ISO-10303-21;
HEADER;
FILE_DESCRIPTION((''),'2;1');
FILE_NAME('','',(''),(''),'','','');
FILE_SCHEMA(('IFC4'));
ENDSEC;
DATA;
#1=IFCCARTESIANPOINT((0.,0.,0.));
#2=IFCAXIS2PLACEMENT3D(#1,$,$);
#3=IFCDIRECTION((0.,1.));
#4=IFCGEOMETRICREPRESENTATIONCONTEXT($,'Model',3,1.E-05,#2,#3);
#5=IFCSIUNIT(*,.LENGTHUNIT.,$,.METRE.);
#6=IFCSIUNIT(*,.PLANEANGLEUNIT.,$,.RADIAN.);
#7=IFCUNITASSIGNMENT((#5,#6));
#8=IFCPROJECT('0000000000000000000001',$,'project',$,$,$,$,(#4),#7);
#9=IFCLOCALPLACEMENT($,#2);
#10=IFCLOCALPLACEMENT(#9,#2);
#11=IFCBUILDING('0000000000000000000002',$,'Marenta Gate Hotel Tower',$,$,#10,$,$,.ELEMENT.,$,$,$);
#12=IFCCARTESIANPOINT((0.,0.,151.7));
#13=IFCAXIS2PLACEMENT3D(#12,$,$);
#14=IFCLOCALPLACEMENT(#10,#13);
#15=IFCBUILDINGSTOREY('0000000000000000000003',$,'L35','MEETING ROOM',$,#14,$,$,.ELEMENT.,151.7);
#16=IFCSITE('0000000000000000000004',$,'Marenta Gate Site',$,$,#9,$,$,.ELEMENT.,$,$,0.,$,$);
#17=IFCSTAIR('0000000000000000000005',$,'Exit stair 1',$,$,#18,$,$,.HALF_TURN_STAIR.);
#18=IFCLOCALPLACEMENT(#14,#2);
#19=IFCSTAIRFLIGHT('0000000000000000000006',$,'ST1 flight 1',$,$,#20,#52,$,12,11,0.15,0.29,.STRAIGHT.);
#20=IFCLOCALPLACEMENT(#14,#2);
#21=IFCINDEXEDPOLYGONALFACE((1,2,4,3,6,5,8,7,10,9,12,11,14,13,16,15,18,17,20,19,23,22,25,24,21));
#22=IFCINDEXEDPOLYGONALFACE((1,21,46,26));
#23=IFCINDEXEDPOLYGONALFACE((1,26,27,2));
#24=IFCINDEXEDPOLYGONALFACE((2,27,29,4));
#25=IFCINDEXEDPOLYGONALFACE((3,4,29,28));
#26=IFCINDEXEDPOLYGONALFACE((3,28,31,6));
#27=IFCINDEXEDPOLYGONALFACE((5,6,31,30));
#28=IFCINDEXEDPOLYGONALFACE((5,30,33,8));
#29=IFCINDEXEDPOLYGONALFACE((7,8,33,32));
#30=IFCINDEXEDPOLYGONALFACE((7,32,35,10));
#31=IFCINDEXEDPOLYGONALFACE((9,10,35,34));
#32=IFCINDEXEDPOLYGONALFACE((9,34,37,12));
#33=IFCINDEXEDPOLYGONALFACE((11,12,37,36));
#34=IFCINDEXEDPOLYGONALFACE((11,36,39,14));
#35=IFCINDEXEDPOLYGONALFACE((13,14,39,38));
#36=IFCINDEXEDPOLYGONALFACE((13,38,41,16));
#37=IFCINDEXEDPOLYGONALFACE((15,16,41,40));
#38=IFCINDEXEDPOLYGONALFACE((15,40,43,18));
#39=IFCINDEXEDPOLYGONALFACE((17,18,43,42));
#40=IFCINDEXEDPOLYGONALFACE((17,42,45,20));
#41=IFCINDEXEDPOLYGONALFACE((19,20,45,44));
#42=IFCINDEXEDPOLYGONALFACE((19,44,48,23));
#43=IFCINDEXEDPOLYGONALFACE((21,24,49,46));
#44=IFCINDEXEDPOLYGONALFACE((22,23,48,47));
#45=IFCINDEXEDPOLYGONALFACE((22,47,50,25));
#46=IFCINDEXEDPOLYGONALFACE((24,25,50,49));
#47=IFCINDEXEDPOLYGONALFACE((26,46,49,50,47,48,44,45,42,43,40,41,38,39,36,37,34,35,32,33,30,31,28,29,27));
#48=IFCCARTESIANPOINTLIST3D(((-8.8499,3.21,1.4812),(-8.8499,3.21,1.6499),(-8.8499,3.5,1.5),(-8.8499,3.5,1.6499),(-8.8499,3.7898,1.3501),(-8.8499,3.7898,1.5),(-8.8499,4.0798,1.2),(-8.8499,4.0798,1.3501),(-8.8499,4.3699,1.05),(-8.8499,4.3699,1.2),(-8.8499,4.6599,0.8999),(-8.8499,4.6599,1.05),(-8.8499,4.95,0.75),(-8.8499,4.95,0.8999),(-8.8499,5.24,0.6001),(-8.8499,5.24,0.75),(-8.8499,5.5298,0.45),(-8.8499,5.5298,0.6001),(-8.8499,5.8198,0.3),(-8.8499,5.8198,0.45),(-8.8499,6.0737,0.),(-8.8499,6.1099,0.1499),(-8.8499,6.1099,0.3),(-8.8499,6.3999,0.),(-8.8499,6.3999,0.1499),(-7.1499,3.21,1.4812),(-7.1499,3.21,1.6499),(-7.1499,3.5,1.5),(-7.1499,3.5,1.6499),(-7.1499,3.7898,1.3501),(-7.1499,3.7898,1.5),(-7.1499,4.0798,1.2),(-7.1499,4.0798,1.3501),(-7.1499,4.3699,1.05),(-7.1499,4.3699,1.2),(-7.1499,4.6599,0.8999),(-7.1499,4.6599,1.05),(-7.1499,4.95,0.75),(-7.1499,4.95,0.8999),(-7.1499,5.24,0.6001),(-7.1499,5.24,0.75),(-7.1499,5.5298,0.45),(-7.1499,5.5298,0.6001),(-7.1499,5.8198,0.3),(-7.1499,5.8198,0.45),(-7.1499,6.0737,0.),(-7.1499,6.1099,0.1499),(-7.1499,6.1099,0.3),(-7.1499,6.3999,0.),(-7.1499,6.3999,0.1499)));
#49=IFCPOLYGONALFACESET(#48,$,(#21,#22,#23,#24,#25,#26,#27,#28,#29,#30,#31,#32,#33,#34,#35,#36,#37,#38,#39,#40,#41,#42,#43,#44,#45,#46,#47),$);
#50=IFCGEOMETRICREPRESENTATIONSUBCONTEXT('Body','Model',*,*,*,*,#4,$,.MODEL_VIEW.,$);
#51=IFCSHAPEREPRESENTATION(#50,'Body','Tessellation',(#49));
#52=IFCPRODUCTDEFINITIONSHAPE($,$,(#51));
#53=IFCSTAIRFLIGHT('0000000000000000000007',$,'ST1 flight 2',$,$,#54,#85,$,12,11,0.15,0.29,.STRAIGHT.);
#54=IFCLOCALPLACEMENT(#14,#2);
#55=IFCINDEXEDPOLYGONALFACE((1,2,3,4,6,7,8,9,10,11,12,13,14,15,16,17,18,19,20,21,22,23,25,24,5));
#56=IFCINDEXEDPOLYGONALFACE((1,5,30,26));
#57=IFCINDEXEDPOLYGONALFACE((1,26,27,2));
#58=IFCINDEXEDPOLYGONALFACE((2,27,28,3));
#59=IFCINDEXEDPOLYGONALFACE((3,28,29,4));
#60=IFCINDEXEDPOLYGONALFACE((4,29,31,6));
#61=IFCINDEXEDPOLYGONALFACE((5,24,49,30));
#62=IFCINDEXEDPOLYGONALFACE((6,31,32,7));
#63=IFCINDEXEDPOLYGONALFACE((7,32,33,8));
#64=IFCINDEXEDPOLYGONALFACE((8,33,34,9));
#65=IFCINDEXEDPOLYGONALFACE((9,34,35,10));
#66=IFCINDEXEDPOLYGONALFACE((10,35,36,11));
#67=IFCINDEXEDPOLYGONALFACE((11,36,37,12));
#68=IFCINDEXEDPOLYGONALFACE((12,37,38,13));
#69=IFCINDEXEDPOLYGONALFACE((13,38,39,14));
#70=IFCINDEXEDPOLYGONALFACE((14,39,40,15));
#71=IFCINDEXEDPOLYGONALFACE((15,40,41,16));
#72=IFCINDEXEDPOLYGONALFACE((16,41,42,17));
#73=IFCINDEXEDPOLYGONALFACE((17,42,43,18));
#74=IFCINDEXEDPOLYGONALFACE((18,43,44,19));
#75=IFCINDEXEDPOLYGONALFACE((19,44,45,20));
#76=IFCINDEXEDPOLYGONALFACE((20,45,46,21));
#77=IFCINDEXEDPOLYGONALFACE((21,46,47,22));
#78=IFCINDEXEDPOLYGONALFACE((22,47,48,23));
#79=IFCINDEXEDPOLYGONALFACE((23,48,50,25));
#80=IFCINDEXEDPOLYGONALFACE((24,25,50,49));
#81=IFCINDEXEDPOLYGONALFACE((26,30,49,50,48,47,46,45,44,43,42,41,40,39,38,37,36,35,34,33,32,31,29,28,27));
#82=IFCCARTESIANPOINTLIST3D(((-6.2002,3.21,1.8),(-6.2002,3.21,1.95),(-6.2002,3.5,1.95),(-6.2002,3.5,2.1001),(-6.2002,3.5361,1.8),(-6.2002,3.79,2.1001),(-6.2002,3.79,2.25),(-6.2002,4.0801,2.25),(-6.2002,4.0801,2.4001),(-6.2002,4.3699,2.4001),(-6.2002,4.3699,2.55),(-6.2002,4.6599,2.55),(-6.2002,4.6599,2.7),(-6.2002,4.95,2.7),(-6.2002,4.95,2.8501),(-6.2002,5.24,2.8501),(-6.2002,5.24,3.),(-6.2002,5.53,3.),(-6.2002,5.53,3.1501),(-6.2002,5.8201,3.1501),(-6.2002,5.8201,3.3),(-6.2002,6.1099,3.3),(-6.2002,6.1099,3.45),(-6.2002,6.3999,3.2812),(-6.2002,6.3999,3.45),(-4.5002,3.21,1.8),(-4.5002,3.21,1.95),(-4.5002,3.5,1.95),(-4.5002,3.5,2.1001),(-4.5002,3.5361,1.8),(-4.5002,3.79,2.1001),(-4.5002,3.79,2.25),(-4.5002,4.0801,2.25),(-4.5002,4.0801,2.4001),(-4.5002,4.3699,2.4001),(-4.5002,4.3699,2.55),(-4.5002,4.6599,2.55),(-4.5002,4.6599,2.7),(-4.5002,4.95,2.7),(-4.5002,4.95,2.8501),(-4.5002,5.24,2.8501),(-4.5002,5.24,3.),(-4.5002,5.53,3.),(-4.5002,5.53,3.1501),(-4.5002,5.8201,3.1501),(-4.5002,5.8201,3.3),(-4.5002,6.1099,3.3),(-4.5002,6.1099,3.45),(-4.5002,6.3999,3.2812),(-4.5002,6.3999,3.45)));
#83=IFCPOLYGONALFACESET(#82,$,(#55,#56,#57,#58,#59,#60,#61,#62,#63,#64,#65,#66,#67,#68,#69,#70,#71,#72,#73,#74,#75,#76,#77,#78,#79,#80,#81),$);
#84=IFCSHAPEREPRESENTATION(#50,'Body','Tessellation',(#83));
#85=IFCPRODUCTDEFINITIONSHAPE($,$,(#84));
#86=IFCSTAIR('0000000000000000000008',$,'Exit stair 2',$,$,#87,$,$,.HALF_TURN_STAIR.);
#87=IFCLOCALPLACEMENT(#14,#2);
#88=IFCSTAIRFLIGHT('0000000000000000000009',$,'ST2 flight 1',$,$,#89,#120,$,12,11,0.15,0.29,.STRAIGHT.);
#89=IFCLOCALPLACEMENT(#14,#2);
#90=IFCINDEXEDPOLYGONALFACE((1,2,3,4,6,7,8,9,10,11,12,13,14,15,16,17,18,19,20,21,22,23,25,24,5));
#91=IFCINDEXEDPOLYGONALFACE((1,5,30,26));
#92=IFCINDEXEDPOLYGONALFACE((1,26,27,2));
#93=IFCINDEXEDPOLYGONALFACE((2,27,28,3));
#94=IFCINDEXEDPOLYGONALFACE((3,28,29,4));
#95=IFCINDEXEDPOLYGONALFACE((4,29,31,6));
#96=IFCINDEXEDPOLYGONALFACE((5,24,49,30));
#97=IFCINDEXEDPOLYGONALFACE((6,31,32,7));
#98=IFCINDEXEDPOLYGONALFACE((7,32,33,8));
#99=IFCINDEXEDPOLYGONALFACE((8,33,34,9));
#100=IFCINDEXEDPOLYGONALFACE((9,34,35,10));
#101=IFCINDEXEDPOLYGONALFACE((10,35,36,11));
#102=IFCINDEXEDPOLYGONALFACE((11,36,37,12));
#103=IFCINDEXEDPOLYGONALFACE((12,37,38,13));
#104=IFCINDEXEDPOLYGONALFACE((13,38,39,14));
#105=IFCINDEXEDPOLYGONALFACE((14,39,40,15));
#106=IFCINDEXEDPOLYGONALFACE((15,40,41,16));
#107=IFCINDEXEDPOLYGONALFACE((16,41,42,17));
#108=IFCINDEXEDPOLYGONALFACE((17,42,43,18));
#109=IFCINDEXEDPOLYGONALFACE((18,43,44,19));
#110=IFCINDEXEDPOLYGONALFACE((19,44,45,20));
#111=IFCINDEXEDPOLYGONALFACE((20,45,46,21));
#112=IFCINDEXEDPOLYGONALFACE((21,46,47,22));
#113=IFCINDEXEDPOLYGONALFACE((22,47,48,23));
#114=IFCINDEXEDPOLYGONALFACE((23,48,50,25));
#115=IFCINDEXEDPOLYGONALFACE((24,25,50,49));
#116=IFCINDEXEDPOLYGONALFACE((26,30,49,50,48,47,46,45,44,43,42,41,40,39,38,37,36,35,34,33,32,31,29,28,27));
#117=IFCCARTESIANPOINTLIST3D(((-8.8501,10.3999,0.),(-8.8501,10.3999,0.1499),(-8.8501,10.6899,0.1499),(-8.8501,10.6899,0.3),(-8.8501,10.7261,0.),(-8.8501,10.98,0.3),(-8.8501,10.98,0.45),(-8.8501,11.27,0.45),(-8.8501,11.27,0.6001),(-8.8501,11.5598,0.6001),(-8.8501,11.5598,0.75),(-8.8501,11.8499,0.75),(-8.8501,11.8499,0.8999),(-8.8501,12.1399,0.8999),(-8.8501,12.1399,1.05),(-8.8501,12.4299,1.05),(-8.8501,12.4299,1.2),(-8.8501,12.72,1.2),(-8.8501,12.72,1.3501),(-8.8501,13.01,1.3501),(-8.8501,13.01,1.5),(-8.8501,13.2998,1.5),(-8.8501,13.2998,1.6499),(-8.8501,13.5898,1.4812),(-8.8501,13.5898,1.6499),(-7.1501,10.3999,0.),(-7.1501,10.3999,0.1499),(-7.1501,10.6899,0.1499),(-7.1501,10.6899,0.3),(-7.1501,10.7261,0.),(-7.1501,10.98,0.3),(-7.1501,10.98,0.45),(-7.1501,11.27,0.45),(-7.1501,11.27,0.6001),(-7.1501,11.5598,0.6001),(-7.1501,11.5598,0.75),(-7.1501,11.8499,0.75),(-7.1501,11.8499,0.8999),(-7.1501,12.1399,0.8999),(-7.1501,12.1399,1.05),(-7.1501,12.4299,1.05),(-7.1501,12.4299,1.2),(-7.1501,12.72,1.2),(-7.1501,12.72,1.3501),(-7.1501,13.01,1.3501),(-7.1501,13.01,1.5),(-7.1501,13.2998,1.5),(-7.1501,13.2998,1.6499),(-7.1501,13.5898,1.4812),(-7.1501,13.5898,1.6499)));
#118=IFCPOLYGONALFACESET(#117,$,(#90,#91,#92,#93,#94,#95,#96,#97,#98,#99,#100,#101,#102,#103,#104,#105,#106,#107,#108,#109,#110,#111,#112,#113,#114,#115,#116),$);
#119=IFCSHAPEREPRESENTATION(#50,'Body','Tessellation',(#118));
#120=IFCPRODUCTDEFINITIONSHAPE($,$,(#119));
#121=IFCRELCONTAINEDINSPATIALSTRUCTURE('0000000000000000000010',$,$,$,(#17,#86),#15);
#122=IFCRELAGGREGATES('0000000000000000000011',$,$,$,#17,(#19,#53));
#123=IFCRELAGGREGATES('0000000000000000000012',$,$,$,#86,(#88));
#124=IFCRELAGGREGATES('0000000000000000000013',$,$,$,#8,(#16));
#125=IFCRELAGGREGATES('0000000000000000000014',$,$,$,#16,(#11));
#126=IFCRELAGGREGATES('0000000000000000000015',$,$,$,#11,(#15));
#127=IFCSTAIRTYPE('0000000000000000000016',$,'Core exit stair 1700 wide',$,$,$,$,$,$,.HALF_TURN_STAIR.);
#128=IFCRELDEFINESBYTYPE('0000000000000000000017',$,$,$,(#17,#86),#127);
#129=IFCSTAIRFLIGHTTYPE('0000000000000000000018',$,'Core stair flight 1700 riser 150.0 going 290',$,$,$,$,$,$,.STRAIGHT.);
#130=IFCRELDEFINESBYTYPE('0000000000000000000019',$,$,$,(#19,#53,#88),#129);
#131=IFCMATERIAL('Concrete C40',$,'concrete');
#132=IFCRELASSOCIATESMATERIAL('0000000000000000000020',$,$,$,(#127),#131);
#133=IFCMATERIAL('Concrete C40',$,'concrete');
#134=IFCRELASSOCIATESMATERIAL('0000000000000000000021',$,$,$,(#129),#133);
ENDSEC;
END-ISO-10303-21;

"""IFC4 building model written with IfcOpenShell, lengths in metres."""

from ifc_helpers import new_model, si_unit, direction, frame, origin, place, context, subcontext, project, spatial, polyline, outline, extrude, material, type_object, element, aggregate, save


model = new_model("IFC4")

# Units and contexts
model_context = context("Model", 3, precision=1e-05, world=origin(), true_north=direction((0.0, 1.0)))
body_context = subcontext(model_context, "Body", "Model", "MODEL_VIEW")
ifc_project = project(units=[si_unit("LENGTHUNIT", "METRE"), si_unit("PLANEANGLEUNIT", "RADIAN")], contexts=[model_context])

# Site, building, storey
site_placement = place(None, origin())
site = spatial("IfcSite", under=ifc_project, at=site_placement, Name="Marenta Gate Site", CompositionType="ELEMENT", RefElevation=0.0)
building_placement = place(site_placement, origin())
building = spatial("IfcBuilding", under=site, at=building_placement, Name="Marenta Gate Hotel Tower", CompositionType="ELEMENT")
storey_placement = place(building_placement, frame((0.0, 0.0, 151.7)))
storey = spatial("IfcBuildingStorey", under=building, at=storey_placement, Name="L35", Description="MEETING ROOM", CompositionType="ELEMENT", Elevation=151.7)

# Stair, stair flights
ifc_material_1 = material(Name="Concrete C40", Category="concrete")
stair_type = type_object("IfcStairType", Name="Core exit stair 1700 wide", PredefinedType="HALF_TURN_STAIR", material=ifc_material_1)
stair_1_placement = place(storey_placement, origin())
stair_1 = element("IfcStair", 1, at=stair_1_placement, inside=storey, type_object=stair_type, Name="Exit stair 1", PredefinedType="HALF_TURN_STAIR")
ifc_material_2 = material(Name="Concrete C40", Category="concrete")
stair_flight_type = type_object("IfcStairFlightType", Name="Core stair flight 1700 riser 150.0 going 290", PredefinedType="STRAIGHT", material=ifc_material_2)
stair_flight_1_placement = place(storey_placement, frame((-8.0, 6.3999, 0.0), z_axis=(0.0, 0.0, 1.0), x_axis=(0.0, -1.0, 0.0)))
stair_flight_1 = element("IfcStairFlight", 2, at=stair_flight_1_placement, type_object=stair_flight_type, Name="ST1 flight 1", NumberOfRisers=12, NumberOfTreads=11, PredefinedType="STRAIGHT", RiserHeight=0.15, TreadLength=0.29, context=body_context, shape_type="SweptSolid", body=[
    extrude(outline(polyline([(0.0, 0.0), (0.0, 0.1499), (0.29, 0.1499), (0.29, 0.3), (0.5801, 0.3), (0.5801, 0.45), (0.8701, 0.45), (0.8701, 0.6001), (1.1599, 0.6001), (1.1599, 0.75), (1.45, 0.75), (1.45, 0.8999), (1.74, 0.8999), (1.74, 1.05), (2.03, 1.05), (2.03, 1.2), (2.3201, 1.2), (2.3201, 1.3501), (2.6101, 1.3501), (2.6101, 1.5), (2.8999, 1.5), (2.8999, 1.6499), (3.1899, 1.6499), (3.1899, 1.8), (3.1899, 1.4812), (0.3262, 0.0), (0.0, 0.0)])), frame((0.0, 0.8501, 0.0), z_axis=(0.0, -1.0, 0.0), x_axis=(1.0, 0.0, 0.0)), (0.0, 0.0, 1.0), 1.7),
])
stair_flight_2_placement = place(storey_placement, frame((-5.3501, 3.21, 1.8), z_axis=(0.0, 0.0, 1.0), x_axis=(0.0, 1.0, 0.0)))
stair_flight_2 = element("IfcStairFlight", 3, at=stair_flight_2_placement, type_object=stair_flight_type, Name="ST1 flight 2", NumberOfRisers=12, NumberOfTreads=11, PredefinedType="STRAIGHT", RiserHeight=0.15, TreadLength=0.29, context=body_context, shape_type="SweptSolid", body=[
    extrude(outline(polyline([(0.0, 0.0), (0.0, 0.1499), (0.29, 0.1499), (0.29, 0.3), (0.5801, 0.3), (0.5801, 0.45), (0.8701, 0.45), (0.8701, 0.6001), (1.1599, 0.6001), (1.1599, 0.75), (1.45, 0.75), (1.45, 0.8999), (1.74, 0.8999), (1.74, 1.05), (2.03, 1.05), (2.03, 1.2), (2.3201, 1.2), (2.3201, 1.3501), (2.6101, 1.3501), (2.6101, 1.5), (2.8999, 1.5), (2.8999, 1.6499), (3.1899, 1.6499), (3.1899, 1.8), (3.1899, 1.4812), (0.3262, 0.0), (0.0, 0.0)])), frame((0.0, 0.8501, 0.0), z_axis=(0.0, -1.0, 0.0), x_axis=(1.0, 0.0, 0.0)), (0.0, 0.0, 1.0), 1.7),
])
aggregate(stair_1, [stair_flight_1, stair_flight_2])

# Stair, stair flight
stair_2_placement = place(storey_placement, origin())
stair_2 = element("IfcStair", 4, at=stair_2_placement, inside=storey, type_object=stair_type, Name="Exit stair 2", PredefinedType="HALF_TURN_STAIR")
stair_flight_3_placement = place(storey_placement, frame((-8.0, 10.3999, 0.0), z_axis=(0.0, 0.0, 1.0), x_axis=(0.0, 1.0, 0.0)))
stair_flight_3 = element("IfcStairFlight", 5, at=stair_flight_3_placement, type_object=stair_flight_type, Name="ST2 flight 1", NumberOfRisers=12, NumberOfTreads=11, PredefinedType="STRAIGHT", RiserHeight=0.15, TreadLength=0.29, context=body_context, shape_type="SweptSolid", body=[
    extrude(outline(polyline([(0.0, 0.0), (0.0, 0.1499), (0.29, 0.1499), (0.29, 0.3), (0.5801, 0.3), (0.5801, 0.45), (0.8701, 0.45), (0.8701, 0.6001), (1.1599, 0.6001), (1.1599, 0.75), (1.45, 0.75), (1.45, 0.8999), (1.74, 0.8999), (1.74, 1.05), (2.03, 1.05), (2.03, 1.2), (2.3201, 1.2), (2.3201, 1.3501), (2.6101, 1.3501), (2.6101, 1.5), (2.8999, 1.5), (2.8999, 1.6499), (3.1899, 1.6499), (3.1899, 1.8), (3.1899, 1.4812), (0.3262, 0.0), (0.0, 0.0)])), frame((0.0, 0.8501, 0.0), z_axis=(0.0, -1.0, 0.0), x_axis=(1.0, 0.0, 0.0)), (0.0, 0.0, 1.0), 1.7),
])
aggregate(stair_2, [stair_flight_3])

save(model, "model.ifc")
